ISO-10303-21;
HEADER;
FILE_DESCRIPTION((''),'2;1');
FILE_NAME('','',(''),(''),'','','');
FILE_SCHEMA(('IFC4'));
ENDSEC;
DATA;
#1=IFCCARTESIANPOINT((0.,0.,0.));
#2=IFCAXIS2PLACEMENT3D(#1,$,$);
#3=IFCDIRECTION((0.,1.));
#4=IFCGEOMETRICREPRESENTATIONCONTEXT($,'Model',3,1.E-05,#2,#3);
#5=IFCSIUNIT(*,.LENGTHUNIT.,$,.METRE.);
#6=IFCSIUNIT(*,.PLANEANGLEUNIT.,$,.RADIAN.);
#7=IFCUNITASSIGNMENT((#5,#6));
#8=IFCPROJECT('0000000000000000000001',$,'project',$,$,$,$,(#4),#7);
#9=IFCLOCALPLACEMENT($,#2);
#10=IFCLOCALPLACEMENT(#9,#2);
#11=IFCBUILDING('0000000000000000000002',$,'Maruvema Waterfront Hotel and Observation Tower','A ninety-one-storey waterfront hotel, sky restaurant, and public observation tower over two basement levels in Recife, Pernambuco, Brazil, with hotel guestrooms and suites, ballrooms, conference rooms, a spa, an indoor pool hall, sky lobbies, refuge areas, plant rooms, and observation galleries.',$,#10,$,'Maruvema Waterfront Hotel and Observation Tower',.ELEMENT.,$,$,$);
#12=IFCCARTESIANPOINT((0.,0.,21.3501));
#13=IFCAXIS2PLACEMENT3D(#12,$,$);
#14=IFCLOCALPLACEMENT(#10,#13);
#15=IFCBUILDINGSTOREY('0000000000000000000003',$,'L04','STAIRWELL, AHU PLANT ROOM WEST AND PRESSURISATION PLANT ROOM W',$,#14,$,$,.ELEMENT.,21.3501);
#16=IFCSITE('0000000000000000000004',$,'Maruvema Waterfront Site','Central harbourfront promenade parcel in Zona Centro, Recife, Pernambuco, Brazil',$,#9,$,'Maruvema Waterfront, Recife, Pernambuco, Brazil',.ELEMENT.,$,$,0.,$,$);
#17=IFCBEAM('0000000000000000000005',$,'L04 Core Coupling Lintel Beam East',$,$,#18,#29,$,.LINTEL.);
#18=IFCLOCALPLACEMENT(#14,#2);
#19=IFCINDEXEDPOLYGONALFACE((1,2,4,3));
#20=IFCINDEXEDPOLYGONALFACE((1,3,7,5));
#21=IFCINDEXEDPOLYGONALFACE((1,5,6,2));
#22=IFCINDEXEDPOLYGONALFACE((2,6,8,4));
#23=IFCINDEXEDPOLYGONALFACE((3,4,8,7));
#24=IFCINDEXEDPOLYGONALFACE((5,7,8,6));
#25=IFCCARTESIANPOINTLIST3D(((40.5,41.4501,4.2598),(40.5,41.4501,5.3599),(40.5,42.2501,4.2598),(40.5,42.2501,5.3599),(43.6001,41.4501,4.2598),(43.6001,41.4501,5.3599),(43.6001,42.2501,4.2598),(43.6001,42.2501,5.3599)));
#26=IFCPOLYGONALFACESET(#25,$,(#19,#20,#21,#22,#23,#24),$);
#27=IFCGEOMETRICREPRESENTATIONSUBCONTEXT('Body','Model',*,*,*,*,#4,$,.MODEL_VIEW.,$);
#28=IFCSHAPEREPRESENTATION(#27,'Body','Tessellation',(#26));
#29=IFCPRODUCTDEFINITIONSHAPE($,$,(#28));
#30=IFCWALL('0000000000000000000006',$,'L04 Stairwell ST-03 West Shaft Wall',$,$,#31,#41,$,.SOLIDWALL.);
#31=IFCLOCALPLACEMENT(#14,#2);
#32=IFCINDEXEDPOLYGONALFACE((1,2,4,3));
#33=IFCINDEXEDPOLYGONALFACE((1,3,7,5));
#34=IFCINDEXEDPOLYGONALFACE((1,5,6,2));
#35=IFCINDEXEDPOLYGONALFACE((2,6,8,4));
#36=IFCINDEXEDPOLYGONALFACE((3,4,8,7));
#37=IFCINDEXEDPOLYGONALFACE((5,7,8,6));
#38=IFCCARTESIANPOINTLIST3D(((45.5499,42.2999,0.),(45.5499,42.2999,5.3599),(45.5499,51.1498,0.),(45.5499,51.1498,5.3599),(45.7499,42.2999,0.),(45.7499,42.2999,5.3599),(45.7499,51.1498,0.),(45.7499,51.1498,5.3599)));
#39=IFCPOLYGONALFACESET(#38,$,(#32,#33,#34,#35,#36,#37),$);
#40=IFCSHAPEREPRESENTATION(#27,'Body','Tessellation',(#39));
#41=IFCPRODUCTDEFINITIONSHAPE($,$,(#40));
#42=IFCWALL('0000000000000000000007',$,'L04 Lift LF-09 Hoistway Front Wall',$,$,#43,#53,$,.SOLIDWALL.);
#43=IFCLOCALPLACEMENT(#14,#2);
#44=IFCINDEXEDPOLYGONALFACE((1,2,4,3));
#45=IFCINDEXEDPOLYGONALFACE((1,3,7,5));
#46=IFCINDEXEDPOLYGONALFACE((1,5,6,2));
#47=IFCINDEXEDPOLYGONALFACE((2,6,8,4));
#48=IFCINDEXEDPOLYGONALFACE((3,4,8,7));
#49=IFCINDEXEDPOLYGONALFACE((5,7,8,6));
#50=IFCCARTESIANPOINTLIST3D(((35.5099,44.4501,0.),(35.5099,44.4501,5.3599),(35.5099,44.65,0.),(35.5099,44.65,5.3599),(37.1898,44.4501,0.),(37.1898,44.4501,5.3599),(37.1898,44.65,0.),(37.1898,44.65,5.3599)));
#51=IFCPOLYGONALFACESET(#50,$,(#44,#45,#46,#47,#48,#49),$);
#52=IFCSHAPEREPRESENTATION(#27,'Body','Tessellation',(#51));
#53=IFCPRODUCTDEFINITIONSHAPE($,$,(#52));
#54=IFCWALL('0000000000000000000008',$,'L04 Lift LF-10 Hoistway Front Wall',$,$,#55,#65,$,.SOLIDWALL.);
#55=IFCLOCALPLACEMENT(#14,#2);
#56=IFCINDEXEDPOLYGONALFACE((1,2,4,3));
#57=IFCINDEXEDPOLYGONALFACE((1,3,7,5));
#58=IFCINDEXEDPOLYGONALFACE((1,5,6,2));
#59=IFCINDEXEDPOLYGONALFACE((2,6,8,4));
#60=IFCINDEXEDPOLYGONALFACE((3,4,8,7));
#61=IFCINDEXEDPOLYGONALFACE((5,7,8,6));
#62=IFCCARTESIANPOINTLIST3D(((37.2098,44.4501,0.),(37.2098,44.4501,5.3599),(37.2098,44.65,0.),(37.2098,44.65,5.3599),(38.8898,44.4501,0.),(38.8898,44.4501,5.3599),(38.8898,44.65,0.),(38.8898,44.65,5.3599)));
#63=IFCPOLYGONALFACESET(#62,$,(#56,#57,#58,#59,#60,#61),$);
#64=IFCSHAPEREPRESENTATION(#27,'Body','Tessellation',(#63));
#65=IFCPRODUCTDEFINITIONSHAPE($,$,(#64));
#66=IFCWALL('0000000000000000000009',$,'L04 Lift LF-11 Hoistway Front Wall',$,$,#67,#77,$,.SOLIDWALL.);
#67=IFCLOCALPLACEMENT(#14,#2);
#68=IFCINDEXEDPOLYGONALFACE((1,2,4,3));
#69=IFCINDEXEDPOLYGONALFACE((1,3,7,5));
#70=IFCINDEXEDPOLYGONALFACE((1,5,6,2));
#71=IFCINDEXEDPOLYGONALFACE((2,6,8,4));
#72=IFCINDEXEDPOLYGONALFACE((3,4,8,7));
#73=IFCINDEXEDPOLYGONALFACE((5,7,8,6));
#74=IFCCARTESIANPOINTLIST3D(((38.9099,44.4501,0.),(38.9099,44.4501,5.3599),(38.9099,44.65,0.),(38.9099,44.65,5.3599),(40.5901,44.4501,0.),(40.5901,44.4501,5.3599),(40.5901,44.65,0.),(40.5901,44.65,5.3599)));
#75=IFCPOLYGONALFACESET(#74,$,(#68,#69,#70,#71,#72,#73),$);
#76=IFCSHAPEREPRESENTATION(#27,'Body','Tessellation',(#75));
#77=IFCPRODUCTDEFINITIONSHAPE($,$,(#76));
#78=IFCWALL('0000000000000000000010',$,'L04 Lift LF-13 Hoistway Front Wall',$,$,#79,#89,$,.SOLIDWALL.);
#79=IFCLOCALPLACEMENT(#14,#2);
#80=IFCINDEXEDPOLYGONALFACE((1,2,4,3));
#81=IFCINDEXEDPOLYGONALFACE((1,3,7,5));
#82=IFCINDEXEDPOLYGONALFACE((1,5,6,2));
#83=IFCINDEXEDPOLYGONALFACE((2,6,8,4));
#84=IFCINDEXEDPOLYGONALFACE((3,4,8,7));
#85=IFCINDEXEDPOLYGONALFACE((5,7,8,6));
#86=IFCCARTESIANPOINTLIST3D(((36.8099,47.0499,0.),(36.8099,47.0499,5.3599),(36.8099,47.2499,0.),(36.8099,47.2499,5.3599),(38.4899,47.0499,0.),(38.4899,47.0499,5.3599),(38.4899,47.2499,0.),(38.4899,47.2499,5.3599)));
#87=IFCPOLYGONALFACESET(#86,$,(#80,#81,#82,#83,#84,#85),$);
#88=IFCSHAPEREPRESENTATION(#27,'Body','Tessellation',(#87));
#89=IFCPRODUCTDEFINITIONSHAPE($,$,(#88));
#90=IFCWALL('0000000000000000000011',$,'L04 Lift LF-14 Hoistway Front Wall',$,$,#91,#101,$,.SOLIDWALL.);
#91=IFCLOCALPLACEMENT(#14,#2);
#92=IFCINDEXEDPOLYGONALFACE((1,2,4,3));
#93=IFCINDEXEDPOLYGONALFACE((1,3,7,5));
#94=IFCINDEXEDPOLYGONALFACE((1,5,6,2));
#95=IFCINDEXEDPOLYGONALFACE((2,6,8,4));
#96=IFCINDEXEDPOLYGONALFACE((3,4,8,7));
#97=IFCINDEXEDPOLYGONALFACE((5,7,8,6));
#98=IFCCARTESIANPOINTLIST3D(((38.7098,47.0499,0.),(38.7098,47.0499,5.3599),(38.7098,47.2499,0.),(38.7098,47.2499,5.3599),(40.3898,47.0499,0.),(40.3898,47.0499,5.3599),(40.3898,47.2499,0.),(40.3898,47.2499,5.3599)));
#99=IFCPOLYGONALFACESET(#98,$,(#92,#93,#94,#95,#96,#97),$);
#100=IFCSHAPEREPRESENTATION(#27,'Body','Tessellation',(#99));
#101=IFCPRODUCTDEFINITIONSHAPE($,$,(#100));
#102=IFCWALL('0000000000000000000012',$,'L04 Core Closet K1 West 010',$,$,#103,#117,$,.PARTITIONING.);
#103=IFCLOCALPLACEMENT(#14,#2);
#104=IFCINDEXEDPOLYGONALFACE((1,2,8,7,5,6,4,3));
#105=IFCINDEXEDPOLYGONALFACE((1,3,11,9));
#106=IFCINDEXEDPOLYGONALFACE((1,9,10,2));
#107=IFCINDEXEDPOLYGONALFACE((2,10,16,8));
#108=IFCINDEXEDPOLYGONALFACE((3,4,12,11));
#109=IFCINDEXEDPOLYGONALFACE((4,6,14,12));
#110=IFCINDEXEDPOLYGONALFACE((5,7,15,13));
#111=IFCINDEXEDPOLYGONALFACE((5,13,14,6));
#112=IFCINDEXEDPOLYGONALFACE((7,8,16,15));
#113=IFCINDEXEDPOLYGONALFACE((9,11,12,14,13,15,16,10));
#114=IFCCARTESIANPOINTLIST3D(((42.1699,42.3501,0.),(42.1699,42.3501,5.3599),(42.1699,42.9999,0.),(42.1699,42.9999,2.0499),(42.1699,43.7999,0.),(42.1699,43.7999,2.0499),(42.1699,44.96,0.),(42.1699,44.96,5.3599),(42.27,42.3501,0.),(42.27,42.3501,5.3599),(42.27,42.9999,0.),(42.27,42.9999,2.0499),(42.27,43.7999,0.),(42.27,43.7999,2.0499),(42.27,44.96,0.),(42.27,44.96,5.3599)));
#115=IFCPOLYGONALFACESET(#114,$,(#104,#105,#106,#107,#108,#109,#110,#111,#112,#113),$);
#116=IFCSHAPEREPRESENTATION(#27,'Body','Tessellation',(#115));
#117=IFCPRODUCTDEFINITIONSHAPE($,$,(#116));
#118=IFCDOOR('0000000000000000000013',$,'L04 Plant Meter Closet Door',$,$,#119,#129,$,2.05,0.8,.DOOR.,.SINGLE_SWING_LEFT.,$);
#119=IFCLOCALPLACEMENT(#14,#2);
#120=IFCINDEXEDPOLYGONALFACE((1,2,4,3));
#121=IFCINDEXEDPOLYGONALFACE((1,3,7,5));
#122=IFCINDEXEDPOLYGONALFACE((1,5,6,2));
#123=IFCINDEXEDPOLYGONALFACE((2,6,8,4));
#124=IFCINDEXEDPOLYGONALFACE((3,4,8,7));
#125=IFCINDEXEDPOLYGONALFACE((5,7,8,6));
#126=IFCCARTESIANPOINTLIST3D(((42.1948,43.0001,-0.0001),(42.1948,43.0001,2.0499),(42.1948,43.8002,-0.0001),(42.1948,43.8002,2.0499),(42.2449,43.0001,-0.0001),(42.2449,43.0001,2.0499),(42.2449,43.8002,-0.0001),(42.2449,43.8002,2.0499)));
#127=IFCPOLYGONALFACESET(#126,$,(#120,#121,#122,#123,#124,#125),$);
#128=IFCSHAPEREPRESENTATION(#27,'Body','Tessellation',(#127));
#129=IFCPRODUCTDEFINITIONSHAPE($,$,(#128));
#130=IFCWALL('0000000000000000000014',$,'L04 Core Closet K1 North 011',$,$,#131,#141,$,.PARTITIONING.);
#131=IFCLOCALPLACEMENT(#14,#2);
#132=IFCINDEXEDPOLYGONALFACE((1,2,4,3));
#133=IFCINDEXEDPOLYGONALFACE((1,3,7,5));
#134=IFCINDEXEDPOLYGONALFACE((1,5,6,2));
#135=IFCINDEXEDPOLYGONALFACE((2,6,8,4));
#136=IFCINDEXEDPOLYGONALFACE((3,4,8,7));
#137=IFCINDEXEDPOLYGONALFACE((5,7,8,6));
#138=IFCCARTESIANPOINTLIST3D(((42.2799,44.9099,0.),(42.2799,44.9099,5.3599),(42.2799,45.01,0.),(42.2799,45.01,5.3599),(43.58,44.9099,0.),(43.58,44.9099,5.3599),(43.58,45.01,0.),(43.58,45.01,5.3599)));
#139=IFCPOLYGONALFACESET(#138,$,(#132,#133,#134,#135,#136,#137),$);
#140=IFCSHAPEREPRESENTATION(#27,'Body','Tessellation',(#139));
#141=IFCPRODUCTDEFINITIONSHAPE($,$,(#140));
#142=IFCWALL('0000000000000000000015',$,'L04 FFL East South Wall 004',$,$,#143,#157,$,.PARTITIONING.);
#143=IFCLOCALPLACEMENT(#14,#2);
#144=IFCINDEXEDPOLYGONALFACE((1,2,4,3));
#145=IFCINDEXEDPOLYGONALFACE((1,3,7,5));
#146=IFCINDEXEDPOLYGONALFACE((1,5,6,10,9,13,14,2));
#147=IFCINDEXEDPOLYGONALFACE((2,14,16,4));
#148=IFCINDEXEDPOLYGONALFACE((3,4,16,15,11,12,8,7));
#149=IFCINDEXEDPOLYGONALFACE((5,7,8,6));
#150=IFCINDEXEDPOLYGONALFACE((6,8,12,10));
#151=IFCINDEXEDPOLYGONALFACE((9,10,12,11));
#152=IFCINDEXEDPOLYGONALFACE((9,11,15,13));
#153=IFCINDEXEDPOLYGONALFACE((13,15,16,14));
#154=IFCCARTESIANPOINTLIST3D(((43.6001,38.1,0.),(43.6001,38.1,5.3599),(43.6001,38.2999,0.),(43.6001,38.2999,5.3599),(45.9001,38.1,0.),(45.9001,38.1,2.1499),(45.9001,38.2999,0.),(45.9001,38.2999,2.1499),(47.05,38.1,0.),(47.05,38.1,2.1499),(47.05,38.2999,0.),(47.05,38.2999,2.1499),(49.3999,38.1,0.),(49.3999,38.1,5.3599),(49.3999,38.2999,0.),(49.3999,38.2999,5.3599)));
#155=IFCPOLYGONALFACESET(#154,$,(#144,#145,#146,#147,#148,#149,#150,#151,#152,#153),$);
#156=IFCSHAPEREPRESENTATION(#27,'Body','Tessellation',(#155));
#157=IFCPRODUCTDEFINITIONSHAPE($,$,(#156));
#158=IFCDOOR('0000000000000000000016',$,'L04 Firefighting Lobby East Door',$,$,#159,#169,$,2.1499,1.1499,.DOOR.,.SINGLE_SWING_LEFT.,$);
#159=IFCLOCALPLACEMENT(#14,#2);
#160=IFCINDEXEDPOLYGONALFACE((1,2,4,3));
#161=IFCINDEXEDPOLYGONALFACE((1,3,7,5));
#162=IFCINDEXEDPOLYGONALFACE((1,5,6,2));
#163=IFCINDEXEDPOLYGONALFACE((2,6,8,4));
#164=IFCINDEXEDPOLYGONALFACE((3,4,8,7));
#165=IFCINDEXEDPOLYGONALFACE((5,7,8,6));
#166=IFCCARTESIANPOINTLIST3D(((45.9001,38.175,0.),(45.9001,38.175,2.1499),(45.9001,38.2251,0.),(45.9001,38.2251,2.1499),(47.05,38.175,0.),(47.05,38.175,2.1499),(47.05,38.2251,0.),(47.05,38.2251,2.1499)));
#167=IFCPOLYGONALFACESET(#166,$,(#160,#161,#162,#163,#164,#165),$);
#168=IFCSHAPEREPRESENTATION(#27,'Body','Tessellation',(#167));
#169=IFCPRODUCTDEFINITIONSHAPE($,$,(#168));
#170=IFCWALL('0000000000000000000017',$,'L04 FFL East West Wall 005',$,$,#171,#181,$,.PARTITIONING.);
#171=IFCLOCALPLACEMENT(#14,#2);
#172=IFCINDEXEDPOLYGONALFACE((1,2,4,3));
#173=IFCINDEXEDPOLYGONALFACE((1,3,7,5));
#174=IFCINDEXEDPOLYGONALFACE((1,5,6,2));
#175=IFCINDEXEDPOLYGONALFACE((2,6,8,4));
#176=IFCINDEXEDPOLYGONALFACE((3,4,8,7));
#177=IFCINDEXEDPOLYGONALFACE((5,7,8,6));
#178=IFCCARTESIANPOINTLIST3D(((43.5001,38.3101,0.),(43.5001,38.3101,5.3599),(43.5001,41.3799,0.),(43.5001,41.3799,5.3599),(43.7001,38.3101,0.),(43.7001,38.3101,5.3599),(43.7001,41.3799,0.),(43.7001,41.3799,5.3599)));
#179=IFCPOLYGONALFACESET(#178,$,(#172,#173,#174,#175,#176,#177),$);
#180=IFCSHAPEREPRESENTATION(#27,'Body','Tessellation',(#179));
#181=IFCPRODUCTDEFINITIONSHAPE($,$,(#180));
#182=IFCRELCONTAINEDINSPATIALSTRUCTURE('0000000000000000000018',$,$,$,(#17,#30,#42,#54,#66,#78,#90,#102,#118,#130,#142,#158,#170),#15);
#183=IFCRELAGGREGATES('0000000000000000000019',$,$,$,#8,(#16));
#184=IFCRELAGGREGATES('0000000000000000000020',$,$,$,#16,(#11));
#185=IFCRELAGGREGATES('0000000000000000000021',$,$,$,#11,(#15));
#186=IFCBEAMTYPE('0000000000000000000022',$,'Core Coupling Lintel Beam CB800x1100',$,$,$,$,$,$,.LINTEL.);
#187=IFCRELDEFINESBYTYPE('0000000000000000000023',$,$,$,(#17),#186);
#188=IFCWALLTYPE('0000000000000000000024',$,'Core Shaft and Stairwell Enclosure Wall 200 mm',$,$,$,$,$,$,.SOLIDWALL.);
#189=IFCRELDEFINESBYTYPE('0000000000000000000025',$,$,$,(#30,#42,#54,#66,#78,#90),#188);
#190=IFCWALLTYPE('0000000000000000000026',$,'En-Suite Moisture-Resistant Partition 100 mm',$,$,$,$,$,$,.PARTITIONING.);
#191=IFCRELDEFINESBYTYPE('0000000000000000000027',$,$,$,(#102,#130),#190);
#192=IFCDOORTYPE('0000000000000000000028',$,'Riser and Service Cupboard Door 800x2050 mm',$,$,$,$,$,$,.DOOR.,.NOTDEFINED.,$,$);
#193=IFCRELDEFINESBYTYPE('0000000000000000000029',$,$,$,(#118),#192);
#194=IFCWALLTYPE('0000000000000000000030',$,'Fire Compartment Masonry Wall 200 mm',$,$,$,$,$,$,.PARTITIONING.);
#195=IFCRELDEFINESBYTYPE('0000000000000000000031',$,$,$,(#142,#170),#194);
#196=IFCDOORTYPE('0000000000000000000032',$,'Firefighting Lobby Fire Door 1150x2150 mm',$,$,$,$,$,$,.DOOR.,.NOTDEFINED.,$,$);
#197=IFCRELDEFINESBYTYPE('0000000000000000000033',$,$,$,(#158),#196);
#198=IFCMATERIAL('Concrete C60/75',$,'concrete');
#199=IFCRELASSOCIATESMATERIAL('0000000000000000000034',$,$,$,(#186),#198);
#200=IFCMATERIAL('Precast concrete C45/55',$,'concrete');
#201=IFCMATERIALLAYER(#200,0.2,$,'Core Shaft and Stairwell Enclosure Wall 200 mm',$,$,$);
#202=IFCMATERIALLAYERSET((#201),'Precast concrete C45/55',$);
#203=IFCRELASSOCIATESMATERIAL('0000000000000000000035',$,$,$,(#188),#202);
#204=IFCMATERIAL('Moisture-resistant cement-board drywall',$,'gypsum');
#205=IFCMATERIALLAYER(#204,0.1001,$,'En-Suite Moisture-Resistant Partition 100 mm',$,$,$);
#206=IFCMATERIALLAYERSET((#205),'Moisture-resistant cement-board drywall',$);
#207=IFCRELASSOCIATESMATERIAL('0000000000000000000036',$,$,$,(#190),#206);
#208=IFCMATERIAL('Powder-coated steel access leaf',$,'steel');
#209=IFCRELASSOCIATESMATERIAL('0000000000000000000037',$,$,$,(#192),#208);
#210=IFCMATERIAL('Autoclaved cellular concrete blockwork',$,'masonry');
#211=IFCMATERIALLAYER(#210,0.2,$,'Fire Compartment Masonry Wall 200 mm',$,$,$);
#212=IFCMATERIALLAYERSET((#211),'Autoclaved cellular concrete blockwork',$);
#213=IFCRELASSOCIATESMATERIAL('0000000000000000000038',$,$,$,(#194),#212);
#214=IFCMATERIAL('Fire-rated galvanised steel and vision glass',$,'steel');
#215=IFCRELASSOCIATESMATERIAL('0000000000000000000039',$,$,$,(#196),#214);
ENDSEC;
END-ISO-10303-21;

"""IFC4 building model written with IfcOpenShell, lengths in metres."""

from ifc_helpers import new_model, si_unit, direction, frame, frame_2d, origin, origin_2d, place, context, subcontext, project, spatial, rectangle, extrude, material, layer, layer_set, material_profile, profile_set, type_object, element, fill, save


model = new_model("IFC4")

# Units and contexts
model_context = context("Model", 3, precision=1e-05, world=origin(), true_north=direction((0.0, 1.0)))
body_context = subcontext(model_context, "Body", "Model", "MODEL_VIEW")
ifc_project = project(units=[si_unit("LENGTHUNIT", "METRE"), si_unit("PLANEANGLEUNIT", "RADIAN")], contexts=[model_context])

# Site, building, storey
site_placement = place(None, origin())
site = spatial("IfcSite", under=ifc_project, at=site_placement, Name="Maruvema Waterfront Site", Description="Central harbourfront promenade parcel in Zona Centro, Recife, Pernambuco, Brazil", LongName="Maruvema Waterfront, Recife, Pernambuco, Brazil", CompositionType="ELEMENT", RefElevation=0.0)
building_placement = place(site_placement, origin())
building = spatial("IfcBuilding", under=site, at=building_placement, Name="Maruvema Waterfront Hotel and Observation Tower", Description="A ninety-one-storey waterfront hotel, sky restaurant, and public observation tower over two basement levels in Recife, Pernambuco, Brazil, with hotel guestrooms and suites, ballrooms, conference rooms, a spa, an indoor pool hall, sky lobbies, refuge areas, plant rooms, and observation galleries.", LongName="Maruvema Waterfront Hotel and Observation Tower", CompositionType="ELEMENT")
storey_placement = place(building_placement, frame((0.0, 0.0, 21.3501)))
storey = spatial("IfcBuildingStorey", under=building, at=storey_placement, Name="L04", Description="STAIRWELL, AHU PLANT ROOM WEST AND PRESSURISATION PLANT ROOM W", CompositionType="ELEMENT", Elevation=21.3501)

# Beam
ifc_material_1 = material(Name="Concrete C60/75", Category="concrete")
ifc_material_profile = material_profile(ifc_material_1, rectangle(XDim=0.8, YDim=1.1001, at=origin_2d()), Name="CB800x1100")
ifc_profile_set = profile_set([ifc_material_profile], Name="Concrete C60/75")
beam_type = type_object("IfcBeamType", Name="Core Coupling Lintel Beam CB800x1100", PredefinedType="LINTEL", material=ifc_profile_set)
beam_placement = place(storey_placement, frame((40.5, 41.8501, 4.8098), z_axis=(1.0, 0.0, 0.0), x_axis=(0.0, 1.0, 0.0)))
element("IfcBeam", 1, at=beam_placement, inside=storey, type_object=beam_type, Name="L04 Core Coupling Lintel Beam East", PredefinedType="LINTEL", context=body_context, shape_type="SweptSolid", body=[
    extrude(rectangle(XDim=0.8, YDim=1.1001, at=origin_2d()), origin(), (0.0, 0.0, 1.0), 3.1001),
])

# Walls
ifc_material_2 = material(Name="Precast concrete C45/55", Category="concrete")
ifc_layer_1 = layer(ifc_material_2, 0.2, Name="Core Shaft and Stairwell Enclosure Wall 200 mm")
ifc_layer_set_1 = layer_set([ifc_layer_1], Name="Precast concrete C45/55")
wall_type_1 = type_object("IfcWallType", Name="Core Shaft and Stairwell Enclosure Wall 200 mm", PredefinedType="SOLIDWALL", material=ifc_layer_set_1)
wall_1_placement = place(storey_placement, frame((45.6499, 42.3, 0.0), z_axis=(0.0, 0.0, 1.0), x_axis=(0.0, 1.0, 0.0)))
element("IfcWall", 2, at=wall_1_placement, inside=storey, type_object=wall_type_1, Name="L04 Stairwell ST-03 West Shaft Wall", PredefinedType="SOLIDWALL", context=body_context, shape_type="SweptSolid", body=[
    extrude(rectangle(XDim=8.8499, YDim=0.2, at=frame_2d((4.4248, 0.0))), origin(), (0.0, 0.0, 1.0), 5.3599),
])
for number, where, z_axis, x_axis, name in (
    (3, (35.51, 44.55, 0.0), (0.0, 0.0, 1.0), (1.0, 0.0, 0.0), "L04 Lift LF-09 Hoistway Front Wall"),
    (4, (37.21, 44.55, 0.0), (0.0, 0.0, 1.0), (1.0, 0.0, 0.0), "L04 Lift LF-10 Hoistway Front Wall"),
):
    element("IfcWall", number, at=place(storey_placement, frame(where, z_axis=z_axis, x_axis=x_axis)), inside=storey, type_object=wall_type_1, Name=name, PredefinedType="SOLIDWALL", context=body_context, shape_type="SweptSolid", body=[
        extrude(rectangle(XDim=1.6799, YDim=0.2, at=frame_2d((0.8398, 0.0))), origin(), (0.0, 0.0, 1.0), 5.3599),
    ])
wall_2_placement = place(storey_placement, frame((38.9099, 44.55, 0.0), z_axis=(0.0, 0.0, 1.0), x_axis=(1.0, 0.0, 0.0)))
element("IfcWall", 5, at=wall_2_placement, inside=storey, type_object=wall_type_1, Name="L04 Lift LF-11 Hoistway Front Wall", PredefinedType="SOLIDWALL", context=body_context, shape_type="SweptSolid", body=[
    extrude(rectangle(XDim=1.6802, YDim=0.2, at=frame_2d((0.8401, 0.0))), origin(), (0.0, 0.0, 1.0), 5.3599),
])
for number, where, z_axis, x_axis, name in (
    (6, (36.8101, 47.1499, 0.0), (0.0, 0.0, 1.0), (1.0, 0.0, 0.0), "L04 Lift LF-13 Hoistway Front Wall"),
    (7, (38.71, 47.1499, 0.0), (0.0, 0.0, 1.0), (1.0, 0.0, 0.0), "L04 Lift LF-14 Hoistway Front Wall"),
):
    element("IfcWall", number, at=place(storey_placement, frame(where, z_axis=z_axis, x_axis=x_axis)), inside=storey, type_object=wall_type_1, Name=name, PredefinedType="SOLIDWALL", context=body_context, shape_type="SweptSolid", body=[
        extrude(rectangle(XDim=1.6799, YDim=0.2, at=frame_2d((0.8398, 0.0))), origin(), (0.0, 0.0, 1.0), 5.3599),
    ])

# Wall, opening, door
ifc_material_3 = material(Name="Moisture-resistant cement-board drywall", Category="gypsum")
ifc_layer_2 = layer(ifc_material_3, 0.1001, Name="En-Suite Moisture-Resistant Partition 100 mm")
ifc_layer_set_2 = layer_set([ifc_layer_2], Name="Moisture-resistant cement-board drywall")
wall_type_2 = type_object("IfcWallType", Name="En-Suite Moisture-Resistant Partition 100 mm", PredefinedType="PARTITIONING", material=ifc_layer_set_2)
wall_3_placement = place(storey_placement, frame((42.22, 42.3501, 0.0), z_axis=(0.0, 0.0, 1.0), x_axis=(0.0, 1.0, 0.0)))
wall_3 = element("IfcWall", 8, at=wall_3_placement, inside=storey, type_object=wall_type_2, Name="L04 Core Closet K1 West 010", PredefinedType="PARTITIONING", context=body_context, shape_type="SweptSolid", body=[
    extrude(rectangle(XDim=2.6099, YDim=0.1001, at=frame_2d((1.3049, 0.0))), origin(), (0.0, 0.0, 1.0), 5.3599),
])
opening_1_placement = place(wall_3_placement, frame((0.6499, 0.0, 0.0)))
opening_1 = element("IfcOpeningElement", 9, at=opening_1_placement, cuts=wall_3, PredefinedType="OPENING", context=body_context, shape_type="SweptSolid", body=[
    extrude(rectangle(XDim=0.8, YDim=2.05, at=frame_2d((0.3999, 1.0249))), frame((0.0, 0.0601, 0.0), z_axis=(0.0, -1.0, 0.0), x_axis=(1.0, 0.0, 0.0)), (0.0, 0.0, 1.0), 0.1201),
])
ifc_material_4 = material(Name="Powder-coated steel access leaf", Category="steel")
door_type_1 = type_object("IfcDoorType", Name="Riser and Service Cupboard Door 800x2050 mm", OperationType="NOTDEFINED", PredefinedType="DOOR", material=ifc_material_4)
door_1_placement = place(opening_1_placement, frame((0.8, 0.0, 0.0), z_axis=(0.0, 0.0, 1.0), x_axis=(-1.0, 0.0, 0.0)))
door_1 = element("IfcDoor", 10, at=door_1_placement, inside=storey, type_object=door_type_1, Name="L04 Plant Meter Closet Door", OperationType="SINGLE_SWING_LEFT", OverallHeight=2.05, OverallWidth=0.8, PredefinedType="DOOR", context=body_context, shape_type="SweptSolid", body=[
    extrude(rectangle(XDim=0.8, YDim=2.05, at=frame_2d((0.3999, 1.0249))), frame((0.0, 0.0249, 0.0), z_axis=(0.0, -1.0, 0.0), x_axis=(1.0, 0.0, 0.0)), (0.0, 0.0, 1.0), 0.05),
])
fill(opening_1, door_1)

# Wall
wall_4_placement = place(storey_placement, frame((42.28, 44.96, 0.0), z_axis=(0.0, 0.0, 1.0), x_axis=(1.0, 0.0, 0.0)))
element("IfcWall", 11, at=wall_4_placement, inside=storey, type_object=wall_type_2, Name="L04 Core Closet K1 North 011", PredefinedType="PARTITIONING", context=body_context, shape_type="SweptSolid", body=[
    extrude(rectangle(XDim=1.3, YDim=0.1001, at=frame_2d((0.6499, 0.0))), origin(), (0.0, 0.0, 1.0), 5.3599),
])

# Wall, opening, door
ifc_material_5 = material(Name="Autoclaved cellular concrete blockwork", Category="masonry")
ifc_layer_3 = layer(ifc_material_5, 0.2, Name="Fire Compartment Masonry Wall 200 mm")
ifc_layer_set_3 = layer_set([ifc_layer_3], Name="Autoclaved cellular concrete blockwork")
wall_type_3 = type_object("IfcWallType", Name="Fire Compartment Masonry Wall 200 mm", PredefinedType="PARTITIONING", material=ifc_layer_set_3)
wall_5_placement = place(storey_placement, frame((43.6001, 38.2, 0.0), z_axis=(0.0, 0.0, 1.0), x_axis=(1.0, 0.0, 0.0)))
wall_5 = element("IfcWall", 12, at=wall_5_placement, inside=storey, type_object=wall_type_3, Name="L04 FFL East South Wall 004", PredefinedType="PARTITIONING", context=body_context, shape_type="SweptSolid", body=[
    extrude(rectangle(XDim=5.7998, YDim=0.2, at=frame_2d((2.8999, 0.0))), origin(), (0.0, 0.0, 1.0), 5.3599),
])
opening_2_placement = place(wall_5_placement, frame((2.3, 0.0, 0.0)))
opening_2 = element("IfcOpeningElement", 13, at=opening_2_placement, cuts=wall_5, PredefinedType="OPENING", context=body_context, shape_type="SweptSolid", body=[
    extrude(rectangle(XDim=1.1499, YDim=2.1499, at=frame_2d((0.575, 1.075))), frame((0.0, 0.1099, 0.0), z_axis=(0.0, -1.0, 0.0), x_axis=(1.0, 0.0, 0.0)), (0.0, 0.0, 1.0), 0.22),
])
ifc_material_6 = material(Name="Fire-rated galvanised steel and vision glass", Category="steel")
door_type_2 = type_object("IfcDoorType", Name="Firefighting Lobby Fire Door 1150x2150 mm", OperationType="NOTDEFINED", PredefinedType="DOOR", material=ifc_material_6)
door_2_placement = place(opening_2_placement, frame((1.1499, 0.0, 0.0), z_axis=(0.0, 0.0, 1.0), x_axis=(-1.0, 0.0, 0.0)))
door_2 = element("IfcDoor", 14, at=door_2_placement, inside=storey, type_object=door_type_2, Name="L04 Firefighting Lobby East Door", OperationType="SINGLE_SWING_LEFT", OverallHeight=2.1499, OverallWidth=1.1499, PredefinedType="DOOR", context=body_context, shape_type="SweptSolid", body=[
    extrude(rectangle(XDim=1.1499, YDim=2.1499, at=frame_2d((0.575, 1.075))), frame((0.0, 0.0249, 0.0), z_axis=(0.0, -1.0, 0.0), x_axis=(1.0, 0.0, 0.0)), (0.0, 0.0, 1.0), 0.05),
])
fill(opening_2, door_2)

# Wall
wall_6_placement = place(storey_placement, frame((43.6001, 38.3101, 0.0), z_axis=(0.0, 0.0, 1.0), x_axis=(0.0, 1.0, 0.0)))
element("IfcWall", 15, at=wall_6_placement, inside=storey, type_object=wall_type_3, Name="L04 FFL East West Wall 005", PredefinedType="PARTITIONING", context=body_context, shape_type="SweptSolid", body=[
    extrude(rectangle(XDim=3.0698, YDim=0.2, at=frame_2d((1.5349, 0.0))), origin(), (0.0, 0.0, 1.0), 5.3599),
])

save(model, "model.ifc")
